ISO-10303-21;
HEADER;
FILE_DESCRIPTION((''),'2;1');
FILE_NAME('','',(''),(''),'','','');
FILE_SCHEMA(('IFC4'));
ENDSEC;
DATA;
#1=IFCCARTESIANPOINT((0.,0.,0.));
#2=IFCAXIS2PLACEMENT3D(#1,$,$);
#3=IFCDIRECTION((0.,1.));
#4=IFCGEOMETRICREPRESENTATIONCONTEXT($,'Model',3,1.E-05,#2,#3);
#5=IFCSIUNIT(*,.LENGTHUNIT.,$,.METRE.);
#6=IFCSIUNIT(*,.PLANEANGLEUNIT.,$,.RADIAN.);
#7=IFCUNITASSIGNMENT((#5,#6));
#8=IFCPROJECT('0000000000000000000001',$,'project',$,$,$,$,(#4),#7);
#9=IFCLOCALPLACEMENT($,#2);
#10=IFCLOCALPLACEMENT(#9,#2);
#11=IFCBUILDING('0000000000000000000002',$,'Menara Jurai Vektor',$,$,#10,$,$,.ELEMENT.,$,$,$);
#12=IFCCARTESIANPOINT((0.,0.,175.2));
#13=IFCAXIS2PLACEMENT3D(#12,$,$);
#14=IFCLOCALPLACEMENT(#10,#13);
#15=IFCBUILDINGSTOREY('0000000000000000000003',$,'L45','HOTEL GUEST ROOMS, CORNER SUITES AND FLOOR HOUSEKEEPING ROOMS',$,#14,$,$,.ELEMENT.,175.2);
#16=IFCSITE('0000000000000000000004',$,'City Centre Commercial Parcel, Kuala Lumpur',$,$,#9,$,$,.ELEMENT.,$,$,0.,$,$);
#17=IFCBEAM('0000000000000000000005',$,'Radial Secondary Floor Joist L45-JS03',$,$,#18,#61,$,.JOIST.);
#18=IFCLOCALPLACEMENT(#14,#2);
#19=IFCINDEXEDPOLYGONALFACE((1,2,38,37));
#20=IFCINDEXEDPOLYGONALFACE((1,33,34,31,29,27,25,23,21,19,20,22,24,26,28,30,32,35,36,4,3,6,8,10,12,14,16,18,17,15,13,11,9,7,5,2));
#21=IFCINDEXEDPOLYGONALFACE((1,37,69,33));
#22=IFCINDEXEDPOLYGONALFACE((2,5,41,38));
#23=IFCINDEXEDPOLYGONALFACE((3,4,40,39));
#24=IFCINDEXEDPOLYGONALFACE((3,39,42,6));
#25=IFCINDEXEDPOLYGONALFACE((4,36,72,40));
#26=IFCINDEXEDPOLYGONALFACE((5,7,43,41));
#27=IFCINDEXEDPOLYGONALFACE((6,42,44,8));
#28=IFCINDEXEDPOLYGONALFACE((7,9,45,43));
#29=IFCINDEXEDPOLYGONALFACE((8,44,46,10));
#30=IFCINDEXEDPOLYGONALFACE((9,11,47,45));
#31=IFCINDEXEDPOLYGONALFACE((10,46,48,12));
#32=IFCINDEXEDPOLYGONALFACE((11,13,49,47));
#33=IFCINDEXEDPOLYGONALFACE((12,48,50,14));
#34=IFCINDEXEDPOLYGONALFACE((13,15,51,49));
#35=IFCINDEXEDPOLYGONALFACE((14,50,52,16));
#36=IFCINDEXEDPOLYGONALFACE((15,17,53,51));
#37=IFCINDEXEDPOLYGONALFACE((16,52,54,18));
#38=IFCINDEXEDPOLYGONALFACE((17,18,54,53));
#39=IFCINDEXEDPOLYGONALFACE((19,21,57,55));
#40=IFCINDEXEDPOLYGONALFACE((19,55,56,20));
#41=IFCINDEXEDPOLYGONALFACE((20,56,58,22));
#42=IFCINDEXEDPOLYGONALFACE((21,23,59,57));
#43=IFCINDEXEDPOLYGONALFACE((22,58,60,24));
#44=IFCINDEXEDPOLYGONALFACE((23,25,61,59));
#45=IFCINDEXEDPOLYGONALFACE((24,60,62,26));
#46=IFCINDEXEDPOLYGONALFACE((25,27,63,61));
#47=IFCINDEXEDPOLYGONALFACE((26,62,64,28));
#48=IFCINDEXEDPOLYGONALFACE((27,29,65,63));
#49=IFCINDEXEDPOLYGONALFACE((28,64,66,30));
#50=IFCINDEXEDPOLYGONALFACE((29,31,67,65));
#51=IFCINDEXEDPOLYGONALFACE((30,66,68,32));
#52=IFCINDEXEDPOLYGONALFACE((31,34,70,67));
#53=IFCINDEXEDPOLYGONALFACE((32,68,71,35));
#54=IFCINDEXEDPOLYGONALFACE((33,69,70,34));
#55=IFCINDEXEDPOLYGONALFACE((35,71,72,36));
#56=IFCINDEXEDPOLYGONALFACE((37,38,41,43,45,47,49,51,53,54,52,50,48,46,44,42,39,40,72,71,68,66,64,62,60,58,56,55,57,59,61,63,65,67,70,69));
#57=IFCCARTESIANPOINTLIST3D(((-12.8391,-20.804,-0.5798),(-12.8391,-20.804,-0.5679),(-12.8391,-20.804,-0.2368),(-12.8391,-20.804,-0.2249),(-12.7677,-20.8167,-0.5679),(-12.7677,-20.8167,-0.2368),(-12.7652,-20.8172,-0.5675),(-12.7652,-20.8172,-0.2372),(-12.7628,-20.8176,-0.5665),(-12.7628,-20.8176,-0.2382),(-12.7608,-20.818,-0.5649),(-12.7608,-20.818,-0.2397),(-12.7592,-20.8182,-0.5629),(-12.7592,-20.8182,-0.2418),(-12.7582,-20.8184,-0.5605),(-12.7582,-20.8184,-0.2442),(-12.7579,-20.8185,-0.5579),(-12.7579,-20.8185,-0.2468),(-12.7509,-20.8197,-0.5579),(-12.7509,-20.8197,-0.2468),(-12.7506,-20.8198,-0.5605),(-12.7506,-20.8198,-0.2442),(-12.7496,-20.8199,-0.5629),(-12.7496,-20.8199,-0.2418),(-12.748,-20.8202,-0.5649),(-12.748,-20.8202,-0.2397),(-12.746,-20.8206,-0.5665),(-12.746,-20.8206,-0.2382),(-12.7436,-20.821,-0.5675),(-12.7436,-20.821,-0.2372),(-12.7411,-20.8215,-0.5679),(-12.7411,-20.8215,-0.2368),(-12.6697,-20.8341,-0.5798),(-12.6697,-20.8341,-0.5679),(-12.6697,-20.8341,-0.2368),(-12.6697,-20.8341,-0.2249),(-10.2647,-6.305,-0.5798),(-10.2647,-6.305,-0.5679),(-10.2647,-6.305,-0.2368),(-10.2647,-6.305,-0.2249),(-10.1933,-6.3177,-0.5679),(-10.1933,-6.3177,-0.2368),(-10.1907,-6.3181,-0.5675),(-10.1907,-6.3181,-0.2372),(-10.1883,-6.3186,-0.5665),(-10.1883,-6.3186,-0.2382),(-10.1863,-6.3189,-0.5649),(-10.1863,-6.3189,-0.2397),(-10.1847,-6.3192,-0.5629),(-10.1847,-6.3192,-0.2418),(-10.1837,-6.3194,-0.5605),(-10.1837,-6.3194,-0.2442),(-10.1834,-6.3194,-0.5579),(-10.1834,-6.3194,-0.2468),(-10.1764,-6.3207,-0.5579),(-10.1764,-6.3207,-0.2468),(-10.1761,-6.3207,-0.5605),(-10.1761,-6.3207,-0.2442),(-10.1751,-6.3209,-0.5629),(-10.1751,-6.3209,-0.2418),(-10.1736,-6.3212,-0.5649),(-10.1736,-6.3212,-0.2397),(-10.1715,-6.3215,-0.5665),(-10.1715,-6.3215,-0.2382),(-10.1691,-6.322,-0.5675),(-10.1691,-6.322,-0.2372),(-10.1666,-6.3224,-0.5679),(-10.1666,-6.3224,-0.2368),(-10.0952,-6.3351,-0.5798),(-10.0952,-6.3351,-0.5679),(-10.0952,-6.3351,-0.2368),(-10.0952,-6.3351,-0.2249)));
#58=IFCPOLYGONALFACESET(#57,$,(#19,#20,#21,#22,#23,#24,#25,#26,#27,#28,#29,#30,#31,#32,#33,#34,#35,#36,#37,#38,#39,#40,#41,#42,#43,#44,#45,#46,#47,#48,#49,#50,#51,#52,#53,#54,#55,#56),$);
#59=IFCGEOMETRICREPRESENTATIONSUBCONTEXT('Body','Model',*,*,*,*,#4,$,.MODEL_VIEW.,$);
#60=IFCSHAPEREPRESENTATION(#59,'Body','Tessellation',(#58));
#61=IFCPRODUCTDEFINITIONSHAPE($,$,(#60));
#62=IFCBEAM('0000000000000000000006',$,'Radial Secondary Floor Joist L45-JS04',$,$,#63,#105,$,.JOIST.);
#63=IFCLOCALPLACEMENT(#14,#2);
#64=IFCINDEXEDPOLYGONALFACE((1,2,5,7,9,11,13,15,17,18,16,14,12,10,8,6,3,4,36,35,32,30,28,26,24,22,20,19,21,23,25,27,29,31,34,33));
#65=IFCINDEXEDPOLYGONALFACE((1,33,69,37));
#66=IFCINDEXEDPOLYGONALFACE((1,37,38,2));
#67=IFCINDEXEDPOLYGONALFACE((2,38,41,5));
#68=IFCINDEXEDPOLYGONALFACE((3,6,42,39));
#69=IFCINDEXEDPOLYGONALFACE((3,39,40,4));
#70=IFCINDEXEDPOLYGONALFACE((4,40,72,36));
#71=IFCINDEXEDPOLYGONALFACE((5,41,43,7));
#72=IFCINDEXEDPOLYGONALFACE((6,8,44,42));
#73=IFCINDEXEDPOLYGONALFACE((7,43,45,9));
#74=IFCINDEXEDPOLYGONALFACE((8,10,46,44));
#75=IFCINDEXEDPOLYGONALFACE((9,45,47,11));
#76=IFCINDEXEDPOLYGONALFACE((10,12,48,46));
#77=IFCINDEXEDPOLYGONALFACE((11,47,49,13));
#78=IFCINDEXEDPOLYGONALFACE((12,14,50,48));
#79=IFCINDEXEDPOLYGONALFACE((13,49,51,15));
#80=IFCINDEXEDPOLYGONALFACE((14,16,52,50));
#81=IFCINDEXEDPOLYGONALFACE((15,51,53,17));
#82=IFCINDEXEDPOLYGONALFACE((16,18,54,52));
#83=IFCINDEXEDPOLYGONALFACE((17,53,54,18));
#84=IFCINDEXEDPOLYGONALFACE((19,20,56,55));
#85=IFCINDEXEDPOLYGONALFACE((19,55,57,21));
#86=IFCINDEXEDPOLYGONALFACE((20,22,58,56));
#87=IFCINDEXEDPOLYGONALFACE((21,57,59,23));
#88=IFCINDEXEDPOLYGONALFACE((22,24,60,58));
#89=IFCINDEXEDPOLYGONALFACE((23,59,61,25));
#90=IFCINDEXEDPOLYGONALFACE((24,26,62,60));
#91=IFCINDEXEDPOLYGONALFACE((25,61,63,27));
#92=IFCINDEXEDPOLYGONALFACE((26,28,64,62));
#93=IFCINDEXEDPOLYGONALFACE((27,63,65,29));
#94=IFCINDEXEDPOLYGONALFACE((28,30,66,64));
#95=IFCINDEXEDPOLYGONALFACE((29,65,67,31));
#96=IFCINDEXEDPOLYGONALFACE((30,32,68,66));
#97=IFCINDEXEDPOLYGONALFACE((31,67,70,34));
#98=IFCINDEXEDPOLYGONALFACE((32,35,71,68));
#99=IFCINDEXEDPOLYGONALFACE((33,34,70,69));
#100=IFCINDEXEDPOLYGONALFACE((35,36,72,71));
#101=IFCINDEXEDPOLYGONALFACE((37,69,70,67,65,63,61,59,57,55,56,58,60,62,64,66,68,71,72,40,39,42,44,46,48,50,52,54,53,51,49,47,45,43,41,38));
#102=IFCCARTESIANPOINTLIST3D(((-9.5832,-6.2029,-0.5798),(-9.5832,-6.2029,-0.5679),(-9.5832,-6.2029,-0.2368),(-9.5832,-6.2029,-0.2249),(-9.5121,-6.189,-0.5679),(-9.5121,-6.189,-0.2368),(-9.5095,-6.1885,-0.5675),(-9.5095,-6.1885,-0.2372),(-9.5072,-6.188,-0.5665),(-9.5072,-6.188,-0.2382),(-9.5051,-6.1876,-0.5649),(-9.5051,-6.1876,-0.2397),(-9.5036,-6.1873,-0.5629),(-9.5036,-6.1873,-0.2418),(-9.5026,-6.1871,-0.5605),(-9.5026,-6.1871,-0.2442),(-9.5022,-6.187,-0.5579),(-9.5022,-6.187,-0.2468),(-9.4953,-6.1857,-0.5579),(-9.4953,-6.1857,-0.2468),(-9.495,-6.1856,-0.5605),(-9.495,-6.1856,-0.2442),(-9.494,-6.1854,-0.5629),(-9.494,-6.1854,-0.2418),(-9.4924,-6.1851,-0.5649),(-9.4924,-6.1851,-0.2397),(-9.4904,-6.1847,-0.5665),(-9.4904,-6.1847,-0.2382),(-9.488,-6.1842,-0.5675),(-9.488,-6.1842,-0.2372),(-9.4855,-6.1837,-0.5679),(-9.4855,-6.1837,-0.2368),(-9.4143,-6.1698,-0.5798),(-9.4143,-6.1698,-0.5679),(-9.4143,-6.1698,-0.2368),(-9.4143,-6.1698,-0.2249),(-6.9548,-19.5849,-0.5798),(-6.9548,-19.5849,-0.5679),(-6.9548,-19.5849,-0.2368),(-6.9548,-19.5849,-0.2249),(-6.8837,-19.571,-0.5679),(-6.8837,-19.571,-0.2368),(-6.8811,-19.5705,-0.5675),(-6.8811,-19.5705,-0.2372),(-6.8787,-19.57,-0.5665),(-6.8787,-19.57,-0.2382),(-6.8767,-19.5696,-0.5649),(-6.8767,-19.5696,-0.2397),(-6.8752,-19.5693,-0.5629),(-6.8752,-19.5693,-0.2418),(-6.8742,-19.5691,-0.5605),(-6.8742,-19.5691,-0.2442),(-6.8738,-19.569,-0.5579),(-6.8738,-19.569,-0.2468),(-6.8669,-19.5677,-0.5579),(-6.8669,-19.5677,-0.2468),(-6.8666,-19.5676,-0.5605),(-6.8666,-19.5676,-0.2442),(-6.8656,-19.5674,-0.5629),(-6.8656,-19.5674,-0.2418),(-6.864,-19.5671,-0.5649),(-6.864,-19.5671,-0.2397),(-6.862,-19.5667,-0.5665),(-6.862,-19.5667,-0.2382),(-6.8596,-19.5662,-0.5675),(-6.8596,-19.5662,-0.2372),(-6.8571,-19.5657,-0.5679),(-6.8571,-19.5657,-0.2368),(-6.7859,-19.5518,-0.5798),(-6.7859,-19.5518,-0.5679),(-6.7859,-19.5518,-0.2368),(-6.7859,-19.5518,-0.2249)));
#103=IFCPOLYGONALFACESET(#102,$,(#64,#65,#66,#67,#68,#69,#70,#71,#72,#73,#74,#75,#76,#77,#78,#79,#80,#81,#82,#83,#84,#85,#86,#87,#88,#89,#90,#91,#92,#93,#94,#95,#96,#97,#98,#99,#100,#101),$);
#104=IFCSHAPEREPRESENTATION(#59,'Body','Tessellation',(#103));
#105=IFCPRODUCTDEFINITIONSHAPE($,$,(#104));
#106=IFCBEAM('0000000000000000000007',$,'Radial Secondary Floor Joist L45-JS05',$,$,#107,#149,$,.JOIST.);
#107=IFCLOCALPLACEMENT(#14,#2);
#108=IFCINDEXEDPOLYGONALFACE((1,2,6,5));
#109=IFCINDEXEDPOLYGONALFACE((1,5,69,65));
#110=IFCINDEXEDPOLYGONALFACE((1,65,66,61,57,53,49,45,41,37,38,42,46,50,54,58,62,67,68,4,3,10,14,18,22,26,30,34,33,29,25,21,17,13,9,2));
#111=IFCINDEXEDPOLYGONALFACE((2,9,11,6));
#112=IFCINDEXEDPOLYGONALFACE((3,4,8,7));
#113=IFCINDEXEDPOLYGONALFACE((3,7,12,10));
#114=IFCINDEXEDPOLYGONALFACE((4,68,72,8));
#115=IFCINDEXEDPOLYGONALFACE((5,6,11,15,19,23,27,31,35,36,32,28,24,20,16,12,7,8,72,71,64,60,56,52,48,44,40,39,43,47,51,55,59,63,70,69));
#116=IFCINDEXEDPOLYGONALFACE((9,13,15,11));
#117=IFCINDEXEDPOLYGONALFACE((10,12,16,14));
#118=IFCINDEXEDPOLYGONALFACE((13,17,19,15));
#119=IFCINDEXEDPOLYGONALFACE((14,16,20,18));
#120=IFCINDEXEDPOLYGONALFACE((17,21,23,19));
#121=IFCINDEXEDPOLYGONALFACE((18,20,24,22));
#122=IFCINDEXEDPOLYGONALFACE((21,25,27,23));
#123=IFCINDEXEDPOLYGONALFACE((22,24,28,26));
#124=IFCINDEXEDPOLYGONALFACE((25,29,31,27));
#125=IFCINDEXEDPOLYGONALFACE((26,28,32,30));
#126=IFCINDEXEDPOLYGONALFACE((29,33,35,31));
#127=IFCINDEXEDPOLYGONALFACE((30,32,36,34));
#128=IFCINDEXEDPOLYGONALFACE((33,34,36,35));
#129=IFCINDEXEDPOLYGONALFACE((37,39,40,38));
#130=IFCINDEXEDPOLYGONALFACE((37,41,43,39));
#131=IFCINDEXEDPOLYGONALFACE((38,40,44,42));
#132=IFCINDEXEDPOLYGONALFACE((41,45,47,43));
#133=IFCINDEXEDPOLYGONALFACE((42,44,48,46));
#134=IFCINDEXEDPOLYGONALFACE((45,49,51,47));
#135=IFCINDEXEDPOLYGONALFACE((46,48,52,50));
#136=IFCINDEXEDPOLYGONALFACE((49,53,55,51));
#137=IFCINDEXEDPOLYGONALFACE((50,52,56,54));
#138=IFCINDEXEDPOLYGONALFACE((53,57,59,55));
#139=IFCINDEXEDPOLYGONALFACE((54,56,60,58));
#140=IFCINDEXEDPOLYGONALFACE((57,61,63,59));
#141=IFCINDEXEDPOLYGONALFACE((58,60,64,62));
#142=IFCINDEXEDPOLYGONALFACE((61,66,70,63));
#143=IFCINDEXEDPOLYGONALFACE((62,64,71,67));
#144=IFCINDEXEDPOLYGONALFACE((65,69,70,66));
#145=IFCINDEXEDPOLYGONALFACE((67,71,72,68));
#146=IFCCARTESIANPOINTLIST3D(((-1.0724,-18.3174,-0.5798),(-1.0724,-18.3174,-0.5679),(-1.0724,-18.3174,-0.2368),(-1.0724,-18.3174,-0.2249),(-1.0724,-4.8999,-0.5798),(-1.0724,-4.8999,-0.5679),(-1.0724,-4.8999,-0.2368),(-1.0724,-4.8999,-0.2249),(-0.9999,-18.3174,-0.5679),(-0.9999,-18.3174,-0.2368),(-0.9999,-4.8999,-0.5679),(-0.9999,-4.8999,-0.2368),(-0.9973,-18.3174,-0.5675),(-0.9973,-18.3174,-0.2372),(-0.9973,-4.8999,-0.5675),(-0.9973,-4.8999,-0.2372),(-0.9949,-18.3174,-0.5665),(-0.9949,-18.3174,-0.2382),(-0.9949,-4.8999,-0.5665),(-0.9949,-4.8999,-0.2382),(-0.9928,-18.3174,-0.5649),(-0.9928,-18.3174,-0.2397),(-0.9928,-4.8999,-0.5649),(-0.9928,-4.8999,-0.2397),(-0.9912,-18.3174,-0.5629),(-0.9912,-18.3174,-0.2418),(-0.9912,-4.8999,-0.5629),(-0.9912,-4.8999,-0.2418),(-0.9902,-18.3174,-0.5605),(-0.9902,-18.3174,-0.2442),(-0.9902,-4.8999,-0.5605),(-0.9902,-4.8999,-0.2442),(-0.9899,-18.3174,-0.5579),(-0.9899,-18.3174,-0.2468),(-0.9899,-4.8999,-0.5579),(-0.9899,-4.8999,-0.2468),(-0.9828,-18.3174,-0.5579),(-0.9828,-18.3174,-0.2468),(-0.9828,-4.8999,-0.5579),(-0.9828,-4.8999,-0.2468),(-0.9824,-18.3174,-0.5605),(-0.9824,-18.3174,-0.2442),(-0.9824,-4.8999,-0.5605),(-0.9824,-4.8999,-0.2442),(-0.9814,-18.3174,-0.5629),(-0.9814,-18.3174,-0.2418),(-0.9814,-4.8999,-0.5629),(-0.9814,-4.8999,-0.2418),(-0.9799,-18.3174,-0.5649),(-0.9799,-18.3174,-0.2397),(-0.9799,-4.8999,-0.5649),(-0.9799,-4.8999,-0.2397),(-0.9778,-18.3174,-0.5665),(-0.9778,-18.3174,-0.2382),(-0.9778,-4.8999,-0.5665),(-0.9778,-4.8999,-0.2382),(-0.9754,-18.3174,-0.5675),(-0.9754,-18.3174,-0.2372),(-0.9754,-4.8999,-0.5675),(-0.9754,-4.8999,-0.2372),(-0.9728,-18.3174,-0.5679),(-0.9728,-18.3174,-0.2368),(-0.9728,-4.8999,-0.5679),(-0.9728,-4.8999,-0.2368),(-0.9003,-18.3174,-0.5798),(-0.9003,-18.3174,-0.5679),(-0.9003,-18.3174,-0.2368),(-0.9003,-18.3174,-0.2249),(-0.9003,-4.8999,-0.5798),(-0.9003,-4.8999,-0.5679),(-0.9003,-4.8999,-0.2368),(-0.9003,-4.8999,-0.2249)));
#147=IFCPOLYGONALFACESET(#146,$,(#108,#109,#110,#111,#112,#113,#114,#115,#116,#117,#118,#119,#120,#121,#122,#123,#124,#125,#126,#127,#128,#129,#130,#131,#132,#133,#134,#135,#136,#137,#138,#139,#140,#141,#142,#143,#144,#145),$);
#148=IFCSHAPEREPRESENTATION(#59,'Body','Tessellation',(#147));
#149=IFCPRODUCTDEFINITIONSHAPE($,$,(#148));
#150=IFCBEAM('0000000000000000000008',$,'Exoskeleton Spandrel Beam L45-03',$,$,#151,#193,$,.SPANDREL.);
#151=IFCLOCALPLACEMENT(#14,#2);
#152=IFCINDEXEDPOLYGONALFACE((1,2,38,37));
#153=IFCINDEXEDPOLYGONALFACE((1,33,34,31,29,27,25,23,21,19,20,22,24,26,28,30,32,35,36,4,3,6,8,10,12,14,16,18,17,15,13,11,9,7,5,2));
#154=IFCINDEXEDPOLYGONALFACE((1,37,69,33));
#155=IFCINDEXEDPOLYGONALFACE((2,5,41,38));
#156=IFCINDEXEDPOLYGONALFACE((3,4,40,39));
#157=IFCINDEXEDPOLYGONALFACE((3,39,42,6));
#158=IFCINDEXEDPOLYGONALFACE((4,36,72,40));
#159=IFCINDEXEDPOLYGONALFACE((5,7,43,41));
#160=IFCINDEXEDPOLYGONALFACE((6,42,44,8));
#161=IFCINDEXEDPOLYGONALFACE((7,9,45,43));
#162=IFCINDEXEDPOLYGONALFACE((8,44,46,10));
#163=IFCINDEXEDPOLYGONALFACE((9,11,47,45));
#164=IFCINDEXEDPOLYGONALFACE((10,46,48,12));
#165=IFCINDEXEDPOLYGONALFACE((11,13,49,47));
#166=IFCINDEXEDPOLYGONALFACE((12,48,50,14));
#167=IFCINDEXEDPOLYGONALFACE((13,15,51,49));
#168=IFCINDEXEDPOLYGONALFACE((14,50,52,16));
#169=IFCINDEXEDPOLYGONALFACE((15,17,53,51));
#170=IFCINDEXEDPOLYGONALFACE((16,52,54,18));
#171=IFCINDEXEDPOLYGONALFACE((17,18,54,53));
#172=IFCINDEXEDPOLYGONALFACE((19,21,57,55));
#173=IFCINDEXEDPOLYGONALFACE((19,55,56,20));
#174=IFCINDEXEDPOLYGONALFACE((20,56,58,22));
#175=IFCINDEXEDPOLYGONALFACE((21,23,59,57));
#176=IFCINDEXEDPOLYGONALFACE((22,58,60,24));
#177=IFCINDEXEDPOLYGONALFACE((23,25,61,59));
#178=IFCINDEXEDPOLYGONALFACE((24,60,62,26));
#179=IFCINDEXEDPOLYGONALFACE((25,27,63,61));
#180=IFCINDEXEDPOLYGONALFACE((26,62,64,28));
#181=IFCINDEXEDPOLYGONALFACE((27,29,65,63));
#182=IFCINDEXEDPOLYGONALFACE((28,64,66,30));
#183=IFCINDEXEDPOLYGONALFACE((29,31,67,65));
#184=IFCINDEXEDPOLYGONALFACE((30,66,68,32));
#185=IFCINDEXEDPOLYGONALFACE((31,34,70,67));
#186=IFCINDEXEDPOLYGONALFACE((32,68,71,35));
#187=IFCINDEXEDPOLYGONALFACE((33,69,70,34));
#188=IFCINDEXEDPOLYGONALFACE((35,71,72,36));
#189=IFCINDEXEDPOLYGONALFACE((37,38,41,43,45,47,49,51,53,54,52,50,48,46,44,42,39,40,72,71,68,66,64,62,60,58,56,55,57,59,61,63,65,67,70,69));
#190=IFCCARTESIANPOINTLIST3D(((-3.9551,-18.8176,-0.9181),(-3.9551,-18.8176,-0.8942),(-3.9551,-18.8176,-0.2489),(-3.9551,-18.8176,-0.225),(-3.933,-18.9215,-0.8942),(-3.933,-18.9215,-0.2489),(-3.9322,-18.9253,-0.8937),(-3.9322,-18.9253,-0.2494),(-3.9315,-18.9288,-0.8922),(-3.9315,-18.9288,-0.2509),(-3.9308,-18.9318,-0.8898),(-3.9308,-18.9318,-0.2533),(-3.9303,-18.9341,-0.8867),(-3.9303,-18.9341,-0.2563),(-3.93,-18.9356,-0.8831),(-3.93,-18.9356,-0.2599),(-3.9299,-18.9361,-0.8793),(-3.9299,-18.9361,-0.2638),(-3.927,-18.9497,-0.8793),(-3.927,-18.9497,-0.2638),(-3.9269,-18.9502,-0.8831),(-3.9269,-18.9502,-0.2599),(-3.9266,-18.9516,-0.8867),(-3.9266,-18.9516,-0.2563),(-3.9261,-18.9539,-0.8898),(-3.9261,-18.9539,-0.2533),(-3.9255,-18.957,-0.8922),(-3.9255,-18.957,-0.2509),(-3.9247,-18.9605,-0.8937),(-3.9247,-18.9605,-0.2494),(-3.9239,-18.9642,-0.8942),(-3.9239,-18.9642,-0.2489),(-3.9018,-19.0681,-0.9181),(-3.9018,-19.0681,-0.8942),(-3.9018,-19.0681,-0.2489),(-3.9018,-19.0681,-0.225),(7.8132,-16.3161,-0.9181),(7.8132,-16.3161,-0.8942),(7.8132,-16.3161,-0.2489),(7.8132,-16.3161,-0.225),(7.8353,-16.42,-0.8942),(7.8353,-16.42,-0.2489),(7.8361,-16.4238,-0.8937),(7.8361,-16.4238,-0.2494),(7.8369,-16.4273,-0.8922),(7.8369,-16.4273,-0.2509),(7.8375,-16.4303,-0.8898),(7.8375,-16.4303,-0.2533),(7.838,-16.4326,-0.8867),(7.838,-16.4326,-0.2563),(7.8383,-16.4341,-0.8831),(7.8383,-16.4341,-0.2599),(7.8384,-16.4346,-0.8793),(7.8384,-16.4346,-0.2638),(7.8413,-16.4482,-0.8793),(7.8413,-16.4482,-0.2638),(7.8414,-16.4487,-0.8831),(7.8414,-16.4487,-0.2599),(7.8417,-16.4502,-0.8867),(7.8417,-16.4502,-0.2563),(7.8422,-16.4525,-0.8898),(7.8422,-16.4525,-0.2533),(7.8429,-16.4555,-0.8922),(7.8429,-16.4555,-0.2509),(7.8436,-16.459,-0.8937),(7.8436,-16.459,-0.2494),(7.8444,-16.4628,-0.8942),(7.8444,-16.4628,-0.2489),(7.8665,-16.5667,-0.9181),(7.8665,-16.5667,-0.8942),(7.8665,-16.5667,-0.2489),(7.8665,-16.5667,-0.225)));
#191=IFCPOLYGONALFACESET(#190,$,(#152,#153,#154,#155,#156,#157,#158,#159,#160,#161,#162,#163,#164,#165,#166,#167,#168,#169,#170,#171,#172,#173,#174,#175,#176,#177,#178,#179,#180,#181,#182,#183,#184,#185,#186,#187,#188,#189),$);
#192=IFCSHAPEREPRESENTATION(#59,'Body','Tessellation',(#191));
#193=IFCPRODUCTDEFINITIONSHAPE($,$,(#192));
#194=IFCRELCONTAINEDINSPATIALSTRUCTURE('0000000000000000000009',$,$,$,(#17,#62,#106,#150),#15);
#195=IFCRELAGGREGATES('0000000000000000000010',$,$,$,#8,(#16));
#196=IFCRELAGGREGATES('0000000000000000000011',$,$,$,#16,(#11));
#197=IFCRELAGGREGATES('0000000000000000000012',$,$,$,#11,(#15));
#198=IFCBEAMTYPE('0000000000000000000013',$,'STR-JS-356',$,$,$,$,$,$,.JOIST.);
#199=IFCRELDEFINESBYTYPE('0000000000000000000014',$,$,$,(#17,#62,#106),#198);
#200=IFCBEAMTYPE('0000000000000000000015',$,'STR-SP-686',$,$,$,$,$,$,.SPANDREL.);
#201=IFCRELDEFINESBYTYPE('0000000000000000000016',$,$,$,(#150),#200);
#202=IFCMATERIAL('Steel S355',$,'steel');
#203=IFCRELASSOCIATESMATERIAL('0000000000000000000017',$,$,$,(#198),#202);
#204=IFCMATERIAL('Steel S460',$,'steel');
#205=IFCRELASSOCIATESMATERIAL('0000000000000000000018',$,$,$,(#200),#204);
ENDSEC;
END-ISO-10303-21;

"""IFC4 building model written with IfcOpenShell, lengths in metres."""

from ifc_helpers import new_model, si_unit, direction, frame, origin, origin_2d, place, context, subcontext, project, spatial, i_section, extrude, material, material_profile, profile_set, type_object, element, save


model = new_model("IFC4")

# Units and contexts
model_context = context("Model", 3, precision=1e-05, world=origin(), true_north=direction((0.0, 1.0)))
body_context = subcontext(model_context, "Body", "Model", "MODEL_VIEW")
ifc_project = project(units=[si_unit("LENGTHUNIT", "METRE"), si_unit("PLANEANGLEUNIT", "RADIAN")], contexts=[model_context])

# Site, building, storey
site_placement = place(None, origin())
site = spatial("IfcSite", under=ifc_project, at=site_placement, Name="City Centre Commercial Parcel, Kuala Lumpur", CompositionType="ELEMENT", RefElevation=0.0)
building_placement = place(site_placement, origin())
building = spatial("IfcBuilding", under=site, at=building_placement, Name="Menara Jurai Vektor", CompositionType="ELEMENT")
storey_placement = place(building_placement, frame((0.0, 0.0, 175.2)))
storey = spatial("IfcBuildingStorey", under=building, at=storey_placement, Name="L45", Description="HOTEL GUEST ROOMS, CORNER SUITES AND FLOOR HOUSEKEEPING ROOMS", CompositionType="ELEMENT", Elevation=175.2)

# Shared definitions
ifc_material_1 = material(Name="Steel S460", Category="steel")

# Beams
ifc_material_2 = material(Name="Steel S355", Category="steel")
ifc_material_profile_1 = material_profile(ifc_material_2, i_section(OverallWidth=0.1721, OverallDepth=0.355, WebThickness=0.0071, FlangeThickness=0.012, FilletRadius=0.01, at=origin_2d()), Name="UKB 356x171x51")
ifc_profile_set_1 = profile_set([ifc_material_profile_1], Name="Steel S355")
beam_type_1 = type_object("IfcBeamType", Name="STR-JS-356", PredefinedType="JOIST", material=ifc_profile_set_1)
beam_1_placement = place(storey_placement, frame((-12.7544, -20.8191, -0.4023), z_axis=(0.174827, 0.984599, 0.0), x_axis=(-0.984599, 0.174827, 0.0)))
element("IfcBeam", 1, at=beam_1_placement, inside=storey, type_object=beam_type_1, Name="Radial Secondary Floor Joist L45-JS03", PredefinedType="JOIST", context=body_context, shape_type="SweptSolid", body=[
    extrude(i_section(OverallWidth=0.1721, OverallDepth=0.355, WebThickness=0.0071, FlangeThickness=0.012, FilletRadius=0.01, at=origin_2d()), origin(), (0.0, 0.0, 1.0), 14.7258),
])
beam_2_placement = place(storey_placement, frame((-6.8704, -19.5684, -0.4023), z_axis=(-0.192731, 0.981252, 0.0), x_axis=(-0.981252, -0.192731, 0.0)))
element("IfcBeam", 2, at=beam_2_placement, inside=storey, type_object=beam_type_1, Name="Radial Secondary Floor Joist L45-JS04", PredefinedType="JOIST", context=body_context, shape_type="SweptSolid", body=[
    extrude(i_section(OverallWidth=0.1721, OverallDepth=0.355, WebThickness=0.0071, FlangeThickness=0.012, FilletRadius=0.01, at=origin_2d()), origin(), (0.0, 0.0, 1.0), 13.6377),
])
beam_3_placement = place(storey_placement, frame((-0.9863, -18.3174, -0.4023), z_axis=(0.0, 1.0, 0.0), x_axis=(-1.0, 0.0, 0.0)))
element("IfcBeam", 3, at=beam_3_placement, inside=storey, type_object=beam_type_1, Name="Radial Secondary Floor Joist L45-JS05", PredefinedType="JOIST", context=body_context, shape_type="SweptSolid", body=[
    extrude(i_section(OverallWidth=0.1721, OverallDepth=0.355, WebThickness=0.0071, FlangeThickness=0.012, FilletRadius=0.01, at=origin_2d()), origin(), (0.0, 0.0, 1.0), 13.4175),
])
ifc_material_profile_2 = material_profile(ifc_material_1, i_section(OverallWidth=0.2561, OverallDepth=0.6931, WebThickness=0.0139, FlangeThickness=0.0239, FilletRadius=0.0149, at=origin_2d()), Name="UKB 686x254x170")
ifc_profile_set_2 = profile_set([ifc_material_profile_2], Name="Steel S460")
beam_type_2 = type_object("IfcBeamType", Name="STR-SP-686", PredefinedType="SPANDREL", material=ifc_profile_set_2)
beam_4_placement = place(storey_placement, frame((-3.9285, -18.9429, -0.5715), z_axis=(0.978147, 0.207914, 0.0), x_axis=(-0.207914, 0.978147, 0.0)))
element("IfcBeam", 4, at=beam_4_placement, inside=storey, type_object=beam_type_2, Name="Exoskeleton Spandrel Beam L45-03", PredefinedType="SPANDREL", context=body_context, shape_type="SweptSolid", body=[
    extrude(i_section(OverallWidth=0.2561, OverallDepth=0.6931, WebThickness=0.0139, FlangeThickness=0.0239, FilletRadius=0.0149, at=origin_2d()), origin(), (0.0, 0.0, 1.0), 12.0312),
])

save(model, "model.ifc")
